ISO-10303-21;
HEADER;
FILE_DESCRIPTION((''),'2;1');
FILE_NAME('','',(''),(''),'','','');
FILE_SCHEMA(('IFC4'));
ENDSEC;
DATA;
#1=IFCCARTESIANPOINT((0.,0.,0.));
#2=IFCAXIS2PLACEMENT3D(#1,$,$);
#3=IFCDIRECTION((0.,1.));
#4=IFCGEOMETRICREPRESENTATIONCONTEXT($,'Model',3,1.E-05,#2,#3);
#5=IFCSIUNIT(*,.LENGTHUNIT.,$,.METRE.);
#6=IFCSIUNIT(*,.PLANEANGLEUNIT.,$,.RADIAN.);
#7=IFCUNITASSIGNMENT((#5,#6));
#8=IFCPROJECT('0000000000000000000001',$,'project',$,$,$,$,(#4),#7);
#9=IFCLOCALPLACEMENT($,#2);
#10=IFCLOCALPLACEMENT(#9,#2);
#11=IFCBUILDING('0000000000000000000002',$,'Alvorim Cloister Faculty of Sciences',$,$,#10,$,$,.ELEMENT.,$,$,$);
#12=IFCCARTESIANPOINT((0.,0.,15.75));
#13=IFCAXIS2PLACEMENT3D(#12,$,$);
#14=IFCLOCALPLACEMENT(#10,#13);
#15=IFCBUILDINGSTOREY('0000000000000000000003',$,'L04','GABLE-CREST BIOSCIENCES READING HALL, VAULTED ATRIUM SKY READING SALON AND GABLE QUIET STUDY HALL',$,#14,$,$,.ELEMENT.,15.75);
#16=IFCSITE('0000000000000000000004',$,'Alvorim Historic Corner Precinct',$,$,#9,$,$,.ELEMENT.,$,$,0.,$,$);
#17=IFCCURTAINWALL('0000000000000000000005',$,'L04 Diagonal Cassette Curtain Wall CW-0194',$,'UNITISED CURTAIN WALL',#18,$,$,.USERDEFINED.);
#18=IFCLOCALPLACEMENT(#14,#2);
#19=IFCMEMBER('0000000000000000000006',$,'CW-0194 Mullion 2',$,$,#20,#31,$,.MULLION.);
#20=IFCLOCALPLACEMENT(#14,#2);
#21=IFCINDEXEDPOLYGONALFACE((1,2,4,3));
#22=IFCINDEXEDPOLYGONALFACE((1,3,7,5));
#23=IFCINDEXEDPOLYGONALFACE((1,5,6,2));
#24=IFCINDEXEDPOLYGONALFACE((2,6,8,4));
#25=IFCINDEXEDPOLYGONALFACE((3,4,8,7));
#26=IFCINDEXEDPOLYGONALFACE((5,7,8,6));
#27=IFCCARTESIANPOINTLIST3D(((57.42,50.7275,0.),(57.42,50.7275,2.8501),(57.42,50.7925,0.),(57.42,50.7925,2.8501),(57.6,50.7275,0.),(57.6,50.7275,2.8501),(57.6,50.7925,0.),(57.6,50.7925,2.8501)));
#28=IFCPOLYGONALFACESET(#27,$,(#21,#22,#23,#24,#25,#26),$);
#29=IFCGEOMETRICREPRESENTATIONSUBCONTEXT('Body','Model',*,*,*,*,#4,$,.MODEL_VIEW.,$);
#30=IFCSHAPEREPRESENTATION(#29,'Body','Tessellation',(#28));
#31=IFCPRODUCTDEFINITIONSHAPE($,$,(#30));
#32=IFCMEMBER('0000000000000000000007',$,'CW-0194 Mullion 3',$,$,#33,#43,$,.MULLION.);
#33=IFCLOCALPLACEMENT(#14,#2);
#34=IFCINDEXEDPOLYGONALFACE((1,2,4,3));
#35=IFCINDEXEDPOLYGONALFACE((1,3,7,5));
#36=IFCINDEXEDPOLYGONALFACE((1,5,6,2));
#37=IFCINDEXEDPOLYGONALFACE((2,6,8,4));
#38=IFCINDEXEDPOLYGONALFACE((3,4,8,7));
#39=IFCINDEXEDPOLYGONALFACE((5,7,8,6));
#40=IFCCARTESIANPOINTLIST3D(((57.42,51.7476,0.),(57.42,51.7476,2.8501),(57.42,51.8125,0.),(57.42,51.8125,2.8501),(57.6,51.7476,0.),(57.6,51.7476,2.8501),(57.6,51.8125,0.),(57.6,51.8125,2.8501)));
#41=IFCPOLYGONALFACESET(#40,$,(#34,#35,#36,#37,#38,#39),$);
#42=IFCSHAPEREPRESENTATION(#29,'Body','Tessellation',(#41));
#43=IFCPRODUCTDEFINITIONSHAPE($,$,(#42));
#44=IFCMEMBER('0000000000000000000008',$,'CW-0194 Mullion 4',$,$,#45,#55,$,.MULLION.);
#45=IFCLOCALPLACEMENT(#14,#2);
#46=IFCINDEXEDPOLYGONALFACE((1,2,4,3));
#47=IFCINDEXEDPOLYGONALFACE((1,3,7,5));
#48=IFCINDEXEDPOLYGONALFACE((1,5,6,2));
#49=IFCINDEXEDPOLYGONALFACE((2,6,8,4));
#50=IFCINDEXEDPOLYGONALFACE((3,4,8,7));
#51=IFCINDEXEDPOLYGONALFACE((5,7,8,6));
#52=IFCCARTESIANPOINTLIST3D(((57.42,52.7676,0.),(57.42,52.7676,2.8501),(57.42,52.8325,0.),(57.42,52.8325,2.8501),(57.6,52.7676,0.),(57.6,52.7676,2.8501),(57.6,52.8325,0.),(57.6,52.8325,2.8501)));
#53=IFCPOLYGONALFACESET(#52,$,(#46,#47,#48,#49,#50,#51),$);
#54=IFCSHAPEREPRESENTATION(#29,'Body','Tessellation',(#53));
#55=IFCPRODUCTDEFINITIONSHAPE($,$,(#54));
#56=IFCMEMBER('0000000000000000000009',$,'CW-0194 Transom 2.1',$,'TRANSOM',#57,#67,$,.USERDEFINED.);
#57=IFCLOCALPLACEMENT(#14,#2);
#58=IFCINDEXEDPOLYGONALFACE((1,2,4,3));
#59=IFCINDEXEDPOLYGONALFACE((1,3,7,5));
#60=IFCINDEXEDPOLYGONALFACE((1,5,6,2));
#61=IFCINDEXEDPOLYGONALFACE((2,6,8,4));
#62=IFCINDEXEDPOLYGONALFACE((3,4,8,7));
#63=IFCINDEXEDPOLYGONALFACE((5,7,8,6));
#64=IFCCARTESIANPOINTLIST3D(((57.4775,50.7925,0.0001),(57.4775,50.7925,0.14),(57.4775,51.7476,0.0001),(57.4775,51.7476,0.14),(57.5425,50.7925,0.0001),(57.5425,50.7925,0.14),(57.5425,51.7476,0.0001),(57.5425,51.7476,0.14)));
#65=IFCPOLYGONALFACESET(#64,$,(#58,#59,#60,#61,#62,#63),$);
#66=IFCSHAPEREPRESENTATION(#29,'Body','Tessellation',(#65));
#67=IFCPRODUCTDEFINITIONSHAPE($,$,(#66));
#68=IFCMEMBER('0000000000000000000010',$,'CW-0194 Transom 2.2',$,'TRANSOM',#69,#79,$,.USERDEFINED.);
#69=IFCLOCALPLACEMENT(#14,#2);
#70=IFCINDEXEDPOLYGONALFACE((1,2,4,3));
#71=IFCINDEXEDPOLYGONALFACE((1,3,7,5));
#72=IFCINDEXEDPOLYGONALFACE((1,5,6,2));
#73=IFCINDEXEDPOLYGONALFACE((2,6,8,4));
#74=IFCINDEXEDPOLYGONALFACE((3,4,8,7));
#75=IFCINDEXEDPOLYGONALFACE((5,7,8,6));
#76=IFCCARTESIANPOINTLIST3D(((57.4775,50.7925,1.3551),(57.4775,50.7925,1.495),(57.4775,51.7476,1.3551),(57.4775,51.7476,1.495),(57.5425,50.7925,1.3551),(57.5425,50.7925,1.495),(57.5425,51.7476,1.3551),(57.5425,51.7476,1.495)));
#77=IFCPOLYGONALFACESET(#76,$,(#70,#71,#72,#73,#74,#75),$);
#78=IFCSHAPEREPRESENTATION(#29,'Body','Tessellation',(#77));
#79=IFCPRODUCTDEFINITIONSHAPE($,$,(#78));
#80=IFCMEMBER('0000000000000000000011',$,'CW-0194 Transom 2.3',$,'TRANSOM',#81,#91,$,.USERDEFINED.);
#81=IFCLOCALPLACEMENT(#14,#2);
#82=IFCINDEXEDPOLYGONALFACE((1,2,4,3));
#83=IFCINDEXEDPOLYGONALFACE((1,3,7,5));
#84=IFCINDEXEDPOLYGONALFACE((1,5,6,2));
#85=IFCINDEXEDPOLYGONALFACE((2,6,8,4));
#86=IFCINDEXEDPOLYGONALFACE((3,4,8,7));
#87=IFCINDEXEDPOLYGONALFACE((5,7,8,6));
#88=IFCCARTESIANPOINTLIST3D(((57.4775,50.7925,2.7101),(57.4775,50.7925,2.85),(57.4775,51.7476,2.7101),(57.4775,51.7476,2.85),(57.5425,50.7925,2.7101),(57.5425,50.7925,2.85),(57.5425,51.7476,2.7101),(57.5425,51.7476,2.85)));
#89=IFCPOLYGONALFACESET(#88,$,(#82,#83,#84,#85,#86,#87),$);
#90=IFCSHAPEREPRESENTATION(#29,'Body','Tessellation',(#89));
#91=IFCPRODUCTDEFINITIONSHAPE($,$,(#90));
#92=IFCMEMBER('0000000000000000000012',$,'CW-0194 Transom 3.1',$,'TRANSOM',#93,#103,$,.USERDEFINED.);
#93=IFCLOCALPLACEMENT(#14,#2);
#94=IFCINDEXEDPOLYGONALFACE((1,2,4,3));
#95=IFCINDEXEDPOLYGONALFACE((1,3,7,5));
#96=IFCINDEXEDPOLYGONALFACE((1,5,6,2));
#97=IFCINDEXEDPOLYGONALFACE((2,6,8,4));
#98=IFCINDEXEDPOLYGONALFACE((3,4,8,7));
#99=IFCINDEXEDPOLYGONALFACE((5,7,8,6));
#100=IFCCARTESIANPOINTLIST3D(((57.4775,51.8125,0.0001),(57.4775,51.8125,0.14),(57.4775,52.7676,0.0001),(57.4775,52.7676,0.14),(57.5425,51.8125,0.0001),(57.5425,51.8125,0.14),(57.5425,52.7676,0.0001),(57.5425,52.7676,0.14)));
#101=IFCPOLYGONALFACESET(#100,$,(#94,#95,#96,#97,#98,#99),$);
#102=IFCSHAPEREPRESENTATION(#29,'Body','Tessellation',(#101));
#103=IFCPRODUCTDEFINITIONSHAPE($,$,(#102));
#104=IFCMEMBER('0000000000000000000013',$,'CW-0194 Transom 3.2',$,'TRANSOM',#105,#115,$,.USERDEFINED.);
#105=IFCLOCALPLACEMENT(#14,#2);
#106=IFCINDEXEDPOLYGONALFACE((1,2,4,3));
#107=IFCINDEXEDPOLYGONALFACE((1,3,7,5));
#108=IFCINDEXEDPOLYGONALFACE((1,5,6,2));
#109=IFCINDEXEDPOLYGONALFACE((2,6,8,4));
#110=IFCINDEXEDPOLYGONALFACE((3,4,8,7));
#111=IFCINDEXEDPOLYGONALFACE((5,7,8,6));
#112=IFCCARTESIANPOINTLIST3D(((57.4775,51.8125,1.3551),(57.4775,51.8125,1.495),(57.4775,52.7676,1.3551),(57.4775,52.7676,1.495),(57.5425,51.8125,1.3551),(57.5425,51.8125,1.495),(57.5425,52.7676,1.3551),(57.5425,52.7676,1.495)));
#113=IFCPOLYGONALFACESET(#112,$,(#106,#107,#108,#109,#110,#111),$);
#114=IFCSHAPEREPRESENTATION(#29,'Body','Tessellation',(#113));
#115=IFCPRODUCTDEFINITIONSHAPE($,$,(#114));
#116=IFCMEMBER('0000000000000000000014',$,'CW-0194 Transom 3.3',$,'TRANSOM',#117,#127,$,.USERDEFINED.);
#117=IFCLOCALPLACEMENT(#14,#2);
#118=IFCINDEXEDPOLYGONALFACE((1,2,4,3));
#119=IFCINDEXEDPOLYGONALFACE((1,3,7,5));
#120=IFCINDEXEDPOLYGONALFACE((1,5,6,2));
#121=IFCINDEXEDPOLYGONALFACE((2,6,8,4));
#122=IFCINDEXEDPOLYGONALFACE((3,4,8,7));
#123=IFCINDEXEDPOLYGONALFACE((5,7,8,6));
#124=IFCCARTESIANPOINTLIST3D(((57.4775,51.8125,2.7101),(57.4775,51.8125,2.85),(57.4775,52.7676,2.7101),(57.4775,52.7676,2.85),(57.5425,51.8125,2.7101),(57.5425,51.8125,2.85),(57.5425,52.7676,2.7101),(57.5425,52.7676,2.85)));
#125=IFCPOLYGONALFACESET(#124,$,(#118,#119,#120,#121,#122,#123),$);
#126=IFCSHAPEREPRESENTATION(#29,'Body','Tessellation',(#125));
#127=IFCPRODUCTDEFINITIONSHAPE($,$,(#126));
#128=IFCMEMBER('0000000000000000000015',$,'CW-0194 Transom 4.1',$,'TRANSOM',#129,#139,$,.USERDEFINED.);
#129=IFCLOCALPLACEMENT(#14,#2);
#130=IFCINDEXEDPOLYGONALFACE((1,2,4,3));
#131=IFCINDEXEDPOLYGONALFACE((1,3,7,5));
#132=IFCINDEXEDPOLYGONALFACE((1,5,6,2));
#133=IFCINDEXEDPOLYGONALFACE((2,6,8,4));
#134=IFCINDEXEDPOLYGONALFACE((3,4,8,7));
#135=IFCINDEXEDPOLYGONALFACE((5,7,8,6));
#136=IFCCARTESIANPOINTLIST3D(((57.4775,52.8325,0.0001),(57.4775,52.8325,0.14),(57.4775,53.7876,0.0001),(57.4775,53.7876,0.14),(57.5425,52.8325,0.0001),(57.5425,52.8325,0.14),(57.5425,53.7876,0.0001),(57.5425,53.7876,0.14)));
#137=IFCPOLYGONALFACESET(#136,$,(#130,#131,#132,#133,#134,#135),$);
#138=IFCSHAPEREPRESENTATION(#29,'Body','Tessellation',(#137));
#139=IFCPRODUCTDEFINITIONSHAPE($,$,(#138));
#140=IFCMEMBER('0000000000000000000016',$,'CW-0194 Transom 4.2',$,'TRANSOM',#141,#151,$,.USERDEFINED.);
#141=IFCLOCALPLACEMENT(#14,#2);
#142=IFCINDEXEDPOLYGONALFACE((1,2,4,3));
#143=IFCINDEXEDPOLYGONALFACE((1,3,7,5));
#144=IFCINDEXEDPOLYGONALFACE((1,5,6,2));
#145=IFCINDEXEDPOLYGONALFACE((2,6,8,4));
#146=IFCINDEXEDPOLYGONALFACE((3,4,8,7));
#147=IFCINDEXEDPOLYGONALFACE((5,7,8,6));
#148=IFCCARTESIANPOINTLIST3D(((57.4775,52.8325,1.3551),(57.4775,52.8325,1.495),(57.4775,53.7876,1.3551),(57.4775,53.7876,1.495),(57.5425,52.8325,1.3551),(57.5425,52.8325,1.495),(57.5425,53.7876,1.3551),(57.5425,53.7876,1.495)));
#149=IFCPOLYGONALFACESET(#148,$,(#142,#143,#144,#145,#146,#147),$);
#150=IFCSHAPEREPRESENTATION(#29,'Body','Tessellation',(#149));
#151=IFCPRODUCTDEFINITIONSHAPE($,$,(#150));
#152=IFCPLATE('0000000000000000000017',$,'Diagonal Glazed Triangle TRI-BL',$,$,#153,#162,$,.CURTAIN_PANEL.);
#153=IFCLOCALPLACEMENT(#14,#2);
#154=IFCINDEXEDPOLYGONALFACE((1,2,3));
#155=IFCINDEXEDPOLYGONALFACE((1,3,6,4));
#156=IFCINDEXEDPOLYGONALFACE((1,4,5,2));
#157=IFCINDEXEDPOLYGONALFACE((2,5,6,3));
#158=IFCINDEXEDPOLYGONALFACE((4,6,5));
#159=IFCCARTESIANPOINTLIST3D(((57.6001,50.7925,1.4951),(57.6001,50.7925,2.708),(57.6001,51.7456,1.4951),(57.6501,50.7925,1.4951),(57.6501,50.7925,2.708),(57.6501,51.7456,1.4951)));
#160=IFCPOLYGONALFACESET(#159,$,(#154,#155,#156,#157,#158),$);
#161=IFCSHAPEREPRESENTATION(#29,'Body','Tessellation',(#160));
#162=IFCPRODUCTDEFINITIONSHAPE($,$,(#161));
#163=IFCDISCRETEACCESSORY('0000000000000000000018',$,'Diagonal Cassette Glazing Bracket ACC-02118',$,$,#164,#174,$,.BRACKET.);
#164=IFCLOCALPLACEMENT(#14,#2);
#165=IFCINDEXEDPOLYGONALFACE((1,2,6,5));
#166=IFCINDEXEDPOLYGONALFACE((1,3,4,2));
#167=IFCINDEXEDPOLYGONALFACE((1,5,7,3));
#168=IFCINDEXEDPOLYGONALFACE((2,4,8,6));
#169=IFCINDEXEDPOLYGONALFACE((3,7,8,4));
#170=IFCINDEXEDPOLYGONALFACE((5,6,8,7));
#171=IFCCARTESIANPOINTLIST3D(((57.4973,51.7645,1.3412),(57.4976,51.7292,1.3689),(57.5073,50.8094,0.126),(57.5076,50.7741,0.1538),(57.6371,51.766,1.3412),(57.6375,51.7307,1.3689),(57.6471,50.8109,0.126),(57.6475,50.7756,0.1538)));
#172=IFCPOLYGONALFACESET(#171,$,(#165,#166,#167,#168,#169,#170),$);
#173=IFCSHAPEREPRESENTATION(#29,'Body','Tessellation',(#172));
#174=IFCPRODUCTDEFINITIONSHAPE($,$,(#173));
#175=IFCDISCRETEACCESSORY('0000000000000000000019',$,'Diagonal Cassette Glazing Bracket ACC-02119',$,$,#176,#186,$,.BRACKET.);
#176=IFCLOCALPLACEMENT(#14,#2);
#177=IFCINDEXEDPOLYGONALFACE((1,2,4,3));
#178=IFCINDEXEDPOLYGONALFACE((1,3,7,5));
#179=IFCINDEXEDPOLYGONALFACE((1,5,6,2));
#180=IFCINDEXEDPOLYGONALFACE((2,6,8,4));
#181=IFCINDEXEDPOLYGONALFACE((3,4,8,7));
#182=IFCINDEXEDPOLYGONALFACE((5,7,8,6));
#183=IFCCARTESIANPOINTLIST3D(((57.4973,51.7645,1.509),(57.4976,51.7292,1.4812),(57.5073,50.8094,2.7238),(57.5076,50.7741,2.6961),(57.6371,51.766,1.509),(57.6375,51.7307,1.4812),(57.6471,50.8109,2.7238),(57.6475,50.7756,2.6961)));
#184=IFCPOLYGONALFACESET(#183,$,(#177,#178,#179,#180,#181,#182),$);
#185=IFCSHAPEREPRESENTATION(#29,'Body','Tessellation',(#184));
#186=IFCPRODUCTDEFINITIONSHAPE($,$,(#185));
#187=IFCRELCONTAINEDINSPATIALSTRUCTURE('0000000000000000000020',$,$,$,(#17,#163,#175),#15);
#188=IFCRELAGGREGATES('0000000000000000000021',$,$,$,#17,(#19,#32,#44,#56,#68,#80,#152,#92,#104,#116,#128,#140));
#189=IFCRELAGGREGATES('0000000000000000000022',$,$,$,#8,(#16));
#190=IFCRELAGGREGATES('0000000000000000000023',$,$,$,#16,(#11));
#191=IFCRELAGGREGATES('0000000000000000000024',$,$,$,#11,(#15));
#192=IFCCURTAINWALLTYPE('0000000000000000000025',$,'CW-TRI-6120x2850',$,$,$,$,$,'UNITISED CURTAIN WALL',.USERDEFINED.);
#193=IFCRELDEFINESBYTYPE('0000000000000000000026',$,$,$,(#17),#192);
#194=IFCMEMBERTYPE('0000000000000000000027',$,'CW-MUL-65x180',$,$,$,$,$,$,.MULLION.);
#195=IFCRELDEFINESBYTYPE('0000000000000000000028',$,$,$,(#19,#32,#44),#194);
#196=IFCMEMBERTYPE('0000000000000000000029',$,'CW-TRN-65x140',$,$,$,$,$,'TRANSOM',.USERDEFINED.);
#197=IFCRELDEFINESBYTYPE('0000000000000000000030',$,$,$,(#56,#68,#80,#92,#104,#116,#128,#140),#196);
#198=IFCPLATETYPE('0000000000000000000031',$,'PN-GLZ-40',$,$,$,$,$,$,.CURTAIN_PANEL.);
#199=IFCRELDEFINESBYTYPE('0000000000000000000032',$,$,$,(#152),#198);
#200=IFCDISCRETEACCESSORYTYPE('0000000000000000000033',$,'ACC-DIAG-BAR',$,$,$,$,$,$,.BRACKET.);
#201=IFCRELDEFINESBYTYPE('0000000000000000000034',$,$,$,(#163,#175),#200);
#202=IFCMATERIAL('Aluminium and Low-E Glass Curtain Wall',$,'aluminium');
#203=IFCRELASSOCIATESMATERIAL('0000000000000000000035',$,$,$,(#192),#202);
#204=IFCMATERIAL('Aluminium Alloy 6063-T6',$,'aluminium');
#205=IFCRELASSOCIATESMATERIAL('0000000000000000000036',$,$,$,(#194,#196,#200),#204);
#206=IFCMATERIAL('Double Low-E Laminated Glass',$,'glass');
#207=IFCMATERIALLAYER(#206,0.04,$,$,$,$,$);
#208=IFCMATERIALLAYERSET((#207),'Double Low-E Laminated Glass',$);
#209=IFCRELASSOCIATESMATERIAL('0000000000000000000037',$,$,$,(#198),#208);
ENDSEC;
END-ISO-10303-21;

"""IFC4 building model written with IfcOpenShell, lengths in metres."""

from ifc_helpers import new_model, si_unit, direction, frame, origin, origin_2d, place, context, subcontext, project, spatial, polyline, rectangle, outline, extrude, material, layer, layer_set, material_profile, profile_set, type_object, element, aggregate, save


model = new_model("IFC4")

# Units and contexts
model_context = context("Model", 3, precision=1e-05, world=origin(), true_north=direction((0.0, 1.0)))
body_context = subcontext(model_context, "Body", "Model", "MODEL_VIEW")
ifc_project = project(units=[si_unit("LENGTHUNIT", "METRE"), si_unit("PLANEANGLEUNIT", "RADIAN")], contexts=[model_context])

# Site, building, storey
site_placement = place(None, origin())
site = spatial("IfcSite", under=ifc_project, at=site_placement, Name="Alvorim Historic Corner Precinct", CompositionType="ELEMENT", RefElevation=0.0)
building_placement = place(site_placement, origin())
building = spatial("IfcBuilding", under=site, at=building_placement, Name="Alvorim Cloister Faculty of Sciences", CompositionType="ELEMENT")
storey_placement = place(building_placement, frame((0.0, 0.0, 15.75)))
storey = spatial("IfcBuildingStorey", under=building, at=storey_placement, Name="L04", Description="GABLE-CREST BIOSCIENCES READING HALL, VAULTED ATRIUM SKY READING SALON AND GABLE QUIET STUDY HALL", CompositionType="ELEMENT", Elevation=15.75)

# Curtain wall, members, plate
ifc_material_1 = material(Name="Aluminium and Low-E Glass Curtain Wall", Category="aluminium")
curtain_wall_type = type_object("IfcCurtainWallType", Name="CW-TRI-6120x2850", ElementType="UNITISED CURTAIN WALL", PredefinedType="USERDEFINED", material=ifc_material_1)
curtain_wall_placement = place(storey_placement, origin())
curtain_wall = element("IfcCurtainWall", 1, at=curtain_wall_placement, inside=storey, type_object=curtain_wall_type, Name="L04 Diagonal Cassette Curtain Wall CW-0194", ObjectType="UNITISED CURTAIN WALL", PredefinedType="USERDEFINED")
ifc_material_2 = material(Name="Aluminium Alloy 6063-T6", Category="aluminium")
ifc_material_profile_1 = material_profile(ifc_material_2, rectangle(XDim=0.0649, YDim=0.1799, at=origin_2d()), Name="ALU-MUL-65x180")
ifc_profile_set_1 = profile_set([ifc_material_profile_1], Name="Aluminium Alloy 6063-T6")
member_type_1 = type_object("IfcMemberType", Name="CW-MUL-65x180", PredefinedType="MULLION", material=ifc_profile_set_1)
member_1_placement = place(storey_placement, frame((57.51, 50.76, 0.0), z_axis=(0.0, 0.0, 1.0), x_axis=(0.0, 1.0, 0.0)))
member_1 = element("IfcMember", 2, at=member_1_placement, type_object=member_type_1, Name="CW-0194 Mullion 2", PredefinedType="MULLION", context=body_context, shape_type="SweptSolid", body=[
    extrude(rectangle(XDim=0.0649, YDim=0.1799, at=origin_2d()), origin(), (0.0, 0.0, 1.0), 2.8501),
])
member_2_placement = place(storey_placement, frame((57.51, 51.78, 0.0), z_axis=(0.0, 0.0, 1.0), x_axis=(0.0, 1.0, 0.0)))
member_2 = element("IfcMember", 3, at=member_2_placement, type_object=member_type_1, Name="CW-0194 Mullion 3", PredefinedType="MULLION", context=body_context, shape_type="SweptSolid", body=[
    extrude(rectangle(XDim=0.0649, YDim=0.1799, at=origin_2d()), origin(), (0.0, 0.0, 1.0), 2.8501),
])
member_3_placement = place(storey_placement, frame((57.51, 52.8, 0.0), z_axis=(0.0, 0.0, 1.0), x_axis=(0.0, 1.0, 0.0)))
member_3 = element("IfcMember", 4, at=member_3_placement, type_object=member_type_1, Name="CW-0194 Mullion 4", PredefinedType="MULLION", context=body_context, shape_type="SweptSolid", body=[
    extrude(rectangle(XDim=0.0649, YDim=0.1799, at=origin_2d()), origin(), (0.0, 0.0, 1.0), 2.8501),
])
ifc_material_profile_2 = material_profile(ifc_material_2, rectangle(XDim=0.0649, YDim=0.1399, at=origin_2d()), Name="ALU-TRN-65x140")
ifc_profile_set_2 = profile_set([ifc_material_profile_2], Name="Aluminium Alloy 6063-T6")
member_type_2 = type_object("IfcMemberType", Name="CW-TRN-65x140", ElementType="TRANSOM", PredefinedType="USERDEFINED", material=ifc_profile_set_2)
member_4_placement = place(storey_placement, frame((57.51, 50.7925, 0.0701), z_axis=(0.0, 1.0, 0.0), x_axis=(-1.0, 0.0, 0.0)))
member_4 = element("IfcMember", 5, at=member_4_placement, type_object=member_type_2, Name="CW-0194 Transom 2.1", ObjectType="TRANSOM", PredefinedType="USERDEFINED", context=body_context, shape_type="SweptSolid", body=[
    extrude(rectangle(XDim=0.0649, YDim=0.1399, at=origin_2d()), origin(), (0.0, 0.0, 1.0), 0.9551),
])
member_5_placement = place(storey_placement, frame((57.51, 50.7925, 1.425), z_axis=(0.0, 1.0, 0.0), x_axis=(-1.0, 0.0, 0.0)))
member_5 = element("IfcMember", 6, at=member_5_placement, type_object=member_type_2, Name="CW-0194 Transom 2.2", ObjectType="TRANSOM", PredefinedType="USERDEFINED", context=body_context, shape_type="SweptSolid", body=[
    extrude(rectangle(XDim=0.0649, YDim=0.1399, at=origin_2d()), origin(), (0.0, 0.0, 1.0), 0.9551),
])
member_6_placement = place(storey_placement, frame((57.51, 50.7925, 2.78), z_axis=(0.0, 1.0, 0.0), x_axis=(-1.0, 0.0, 0.0)))
member_6 = element("IfcMember", 7, at=member_6_placement, type_object=member_type_2, Name="CW-0194 Transom 2.3", ObjectType="TRANSOM", PredefinedType="USERDEFINED", context=body_context, shape_type="SweptSolid", body=[
    extrude(rectangle(XDim=0.0649, YDim=0.1399, at=origin_2d()), origin(), (0.0, 0.0, 1.0), 0.9551),
])
member_7_placement = place(storey_placement, frame((57.51, 51.8125, 0.0701), z_axis=(0.0, 1.0, 0.0), x_axis=(-1.0, 0.0, 0.0)))
member_7 = element("IfcMember", 8, at=member_7_placement, type_object=member_type_2, Name="CW-0194 Transom 3.1", ObjectType="TRANSOM", PredefinedType="USERDEFINED", context=body_context, shape_type="SweptSolid", body=[
    extrude(rectangle(XDim=0.0649, YDim=0.1399, at=origin_2d()), origin(), (0.0, 0.0, 1.0), 0.9551),
])
member_8_placement = place(storey_placement, frame((57.51, 51.8125, 1.425), z_axis=(0.0, 1.0, 0.0), x_axis=(-1.0, 0.0, 0.0)))
member_8 = element("IfcMember", 9, at=member_8_placement, type_object=member_type_2, Name="CW-0194 Transom 3.2", ObjectType="TRANSOM", PredefinedType="USERDEFINED", context=body_context, shape_type="SweptSolid", body=[
    extrude(rectangle(XDim=0.0649, YDim=0.1399, at=origin_2d()), origin(), (0.0, 0.0, 1.0), 0.9551),
])
member_9_placement = place(storey_placement, frame((57.51, 51.8125, 2.78), z_axis=(0.0, 1.0, 0.0), x_axis=(-1.0, 0.0, 0.0)))
member_9 = element("IfcMember", 10, at=member_9_placement, type_object=member_type_2, Name="CW-0194 Transom 3.3", ObjectType="TRANSOM", PredefinedType="USERDEFINED", context=body_context, shape_type="SweptSolid", body=[
    extrude(rectangle(XDim=0.0649, YDim=0.1399, at=origin_2d()), origin(), (0.0, 0.0, 1.0), 0.9551),
])
member_10_placement = place(storey_placement, frame((57.51, 52.8325, 0.0701), z_axis=(0.0, 1.0, 0.0), x_axis=(-1.0, 0.0, 0.0)))
member_10 = element("IfcMember", 11, at=member_10_placement, type_object=member_type_2, Name="CW-0194 Transom 4.1", ObjectType="TRANSOM", PredefinedType="USERDEFINED", context=body_context, shape_type="SweptSolid", body=[
    extrude(rectangle(XDim=0.0649, YDim=0.1399, at=origin_2d()), origin(), (0.0, 0.0, 1.0), 0.9551),
])
member_11_placement = place(storey_placement, frame((57.51, 52.8325, 1.425), z_axis=(0.0, 1.0, 0.0), x_axis=(-1.0, 0.0, 0.0)))
member_11 = element("IfcMember", 12, at=member_11_placement, type_object=member_type_2, Name="CW-0194 Transom 4.2", ObjectType="TRANSOM", PredefinedType="USERDEFINED", context=body_context, shape_type="SweptSolid", body=[
    extrude(rectangle(XDim=0.0649, YDim=0.1399, at=origin_2d()), origin(), (0.0, 0.0, 1.0), 0.9551),
])
ifc_material_3 = material(Name="Double Low-E Laminated Glass", Category="glass")
ifc_layer = layer(ifc_material_3, 0.04)
ifc_layer_set = layer_set([ifc_layer], Name="Double Low-E Laminated Glass")
plate_type = type_object("IfcPlateType", Name="PN-GLZ-40", PredefinedType="CURTAIN_PANEL", material=ifc_layer_set)
plate_1_placement = place(storey_placement, frame((57.625, 50.7925, 1.4951), z_axis=(0.0, 0.0, 1.0), x_axis=(0.0, 1.0, 0.0)))
plate_1 = element("IfcPlate", 13, at=plate_1_placement, type_object=plate_type, Name="Diagonal Glazed Triangle TRI-BL", PredefinedType="CURTAIN_PANEL", context=body_context, shape_type="SweptSolid", body=[
    extrude(outline(polyline([(0.0, 0.0), (0.9531, 0.0), (0.0, 1.2129), (0.0, 0.0)])), frame((0.0, 0.0249, 0.0), z_axis=(0.0, -1.0, 0.0), x_axis=(1.0, 0.0, 0.0)), (0.0, 0.0, 1.0), 0.05),
])
aggregate(curtain_wall, [member_1, member_2, member_3, member_4, member_5, member_6, plate_1, member_7, member_8, member_9, member_10, member_11])

# Discrete accessories
discrete_accessory_type = type_object("IfcDiscreteAccessoryType", Name="ACC-DIAG-BAR", PredefinedType="BRACKET", material=ifc_material_2)
discrete_accessory_1_placement = place(storey_placement, frame((57.5774, 50.7925, 0.1399), z_axis=(-0.006477, 0.617955, 0.786187), x_axis=(-0.999945, -0.01048, 0.0)))
element("IfcDiscreteAccessory", 14, at=discrete_accessory_1_placement, inside=storey, type_object=discrete_accessory_type, Name="Diagonal Cassette Glazing Bracket ACC-02118", PredefinedType="BRACKET", context=body_context, shape_type="SweptSolid", body=[
    extrude(rectangle(XDim=0.1399, YDim=0.0449, at=origin_2d()), origin(), (0.0, 0.0, 1.0), 1.5457),
])
discrete_accessory_2_placement = place(storey_placement, frame((57.5774, 50.7925, 2.71), z_axis=(-0.006477, 0.618032, -0.786126), x_axis=(-0.999945, -0.01048, 0.0)))
element("IfcDiscreteAccessory", 15, at=discrete_accessory_2_placement, inside=storey, type_object=discrete_accessory_type, Name="Diagonal Cassette Glazing Bracket ACC-02119", PredefinedType="BRACKET", context=body_context, shape_type="SweptSolid", body=[
    extrude(rectangle(XDim=0.1399, YDim=0.0449, at=origin_2d()), origin(), (0.0, 0.0, 1.0), 1.5454),
])

save(model, "model.ifc")
